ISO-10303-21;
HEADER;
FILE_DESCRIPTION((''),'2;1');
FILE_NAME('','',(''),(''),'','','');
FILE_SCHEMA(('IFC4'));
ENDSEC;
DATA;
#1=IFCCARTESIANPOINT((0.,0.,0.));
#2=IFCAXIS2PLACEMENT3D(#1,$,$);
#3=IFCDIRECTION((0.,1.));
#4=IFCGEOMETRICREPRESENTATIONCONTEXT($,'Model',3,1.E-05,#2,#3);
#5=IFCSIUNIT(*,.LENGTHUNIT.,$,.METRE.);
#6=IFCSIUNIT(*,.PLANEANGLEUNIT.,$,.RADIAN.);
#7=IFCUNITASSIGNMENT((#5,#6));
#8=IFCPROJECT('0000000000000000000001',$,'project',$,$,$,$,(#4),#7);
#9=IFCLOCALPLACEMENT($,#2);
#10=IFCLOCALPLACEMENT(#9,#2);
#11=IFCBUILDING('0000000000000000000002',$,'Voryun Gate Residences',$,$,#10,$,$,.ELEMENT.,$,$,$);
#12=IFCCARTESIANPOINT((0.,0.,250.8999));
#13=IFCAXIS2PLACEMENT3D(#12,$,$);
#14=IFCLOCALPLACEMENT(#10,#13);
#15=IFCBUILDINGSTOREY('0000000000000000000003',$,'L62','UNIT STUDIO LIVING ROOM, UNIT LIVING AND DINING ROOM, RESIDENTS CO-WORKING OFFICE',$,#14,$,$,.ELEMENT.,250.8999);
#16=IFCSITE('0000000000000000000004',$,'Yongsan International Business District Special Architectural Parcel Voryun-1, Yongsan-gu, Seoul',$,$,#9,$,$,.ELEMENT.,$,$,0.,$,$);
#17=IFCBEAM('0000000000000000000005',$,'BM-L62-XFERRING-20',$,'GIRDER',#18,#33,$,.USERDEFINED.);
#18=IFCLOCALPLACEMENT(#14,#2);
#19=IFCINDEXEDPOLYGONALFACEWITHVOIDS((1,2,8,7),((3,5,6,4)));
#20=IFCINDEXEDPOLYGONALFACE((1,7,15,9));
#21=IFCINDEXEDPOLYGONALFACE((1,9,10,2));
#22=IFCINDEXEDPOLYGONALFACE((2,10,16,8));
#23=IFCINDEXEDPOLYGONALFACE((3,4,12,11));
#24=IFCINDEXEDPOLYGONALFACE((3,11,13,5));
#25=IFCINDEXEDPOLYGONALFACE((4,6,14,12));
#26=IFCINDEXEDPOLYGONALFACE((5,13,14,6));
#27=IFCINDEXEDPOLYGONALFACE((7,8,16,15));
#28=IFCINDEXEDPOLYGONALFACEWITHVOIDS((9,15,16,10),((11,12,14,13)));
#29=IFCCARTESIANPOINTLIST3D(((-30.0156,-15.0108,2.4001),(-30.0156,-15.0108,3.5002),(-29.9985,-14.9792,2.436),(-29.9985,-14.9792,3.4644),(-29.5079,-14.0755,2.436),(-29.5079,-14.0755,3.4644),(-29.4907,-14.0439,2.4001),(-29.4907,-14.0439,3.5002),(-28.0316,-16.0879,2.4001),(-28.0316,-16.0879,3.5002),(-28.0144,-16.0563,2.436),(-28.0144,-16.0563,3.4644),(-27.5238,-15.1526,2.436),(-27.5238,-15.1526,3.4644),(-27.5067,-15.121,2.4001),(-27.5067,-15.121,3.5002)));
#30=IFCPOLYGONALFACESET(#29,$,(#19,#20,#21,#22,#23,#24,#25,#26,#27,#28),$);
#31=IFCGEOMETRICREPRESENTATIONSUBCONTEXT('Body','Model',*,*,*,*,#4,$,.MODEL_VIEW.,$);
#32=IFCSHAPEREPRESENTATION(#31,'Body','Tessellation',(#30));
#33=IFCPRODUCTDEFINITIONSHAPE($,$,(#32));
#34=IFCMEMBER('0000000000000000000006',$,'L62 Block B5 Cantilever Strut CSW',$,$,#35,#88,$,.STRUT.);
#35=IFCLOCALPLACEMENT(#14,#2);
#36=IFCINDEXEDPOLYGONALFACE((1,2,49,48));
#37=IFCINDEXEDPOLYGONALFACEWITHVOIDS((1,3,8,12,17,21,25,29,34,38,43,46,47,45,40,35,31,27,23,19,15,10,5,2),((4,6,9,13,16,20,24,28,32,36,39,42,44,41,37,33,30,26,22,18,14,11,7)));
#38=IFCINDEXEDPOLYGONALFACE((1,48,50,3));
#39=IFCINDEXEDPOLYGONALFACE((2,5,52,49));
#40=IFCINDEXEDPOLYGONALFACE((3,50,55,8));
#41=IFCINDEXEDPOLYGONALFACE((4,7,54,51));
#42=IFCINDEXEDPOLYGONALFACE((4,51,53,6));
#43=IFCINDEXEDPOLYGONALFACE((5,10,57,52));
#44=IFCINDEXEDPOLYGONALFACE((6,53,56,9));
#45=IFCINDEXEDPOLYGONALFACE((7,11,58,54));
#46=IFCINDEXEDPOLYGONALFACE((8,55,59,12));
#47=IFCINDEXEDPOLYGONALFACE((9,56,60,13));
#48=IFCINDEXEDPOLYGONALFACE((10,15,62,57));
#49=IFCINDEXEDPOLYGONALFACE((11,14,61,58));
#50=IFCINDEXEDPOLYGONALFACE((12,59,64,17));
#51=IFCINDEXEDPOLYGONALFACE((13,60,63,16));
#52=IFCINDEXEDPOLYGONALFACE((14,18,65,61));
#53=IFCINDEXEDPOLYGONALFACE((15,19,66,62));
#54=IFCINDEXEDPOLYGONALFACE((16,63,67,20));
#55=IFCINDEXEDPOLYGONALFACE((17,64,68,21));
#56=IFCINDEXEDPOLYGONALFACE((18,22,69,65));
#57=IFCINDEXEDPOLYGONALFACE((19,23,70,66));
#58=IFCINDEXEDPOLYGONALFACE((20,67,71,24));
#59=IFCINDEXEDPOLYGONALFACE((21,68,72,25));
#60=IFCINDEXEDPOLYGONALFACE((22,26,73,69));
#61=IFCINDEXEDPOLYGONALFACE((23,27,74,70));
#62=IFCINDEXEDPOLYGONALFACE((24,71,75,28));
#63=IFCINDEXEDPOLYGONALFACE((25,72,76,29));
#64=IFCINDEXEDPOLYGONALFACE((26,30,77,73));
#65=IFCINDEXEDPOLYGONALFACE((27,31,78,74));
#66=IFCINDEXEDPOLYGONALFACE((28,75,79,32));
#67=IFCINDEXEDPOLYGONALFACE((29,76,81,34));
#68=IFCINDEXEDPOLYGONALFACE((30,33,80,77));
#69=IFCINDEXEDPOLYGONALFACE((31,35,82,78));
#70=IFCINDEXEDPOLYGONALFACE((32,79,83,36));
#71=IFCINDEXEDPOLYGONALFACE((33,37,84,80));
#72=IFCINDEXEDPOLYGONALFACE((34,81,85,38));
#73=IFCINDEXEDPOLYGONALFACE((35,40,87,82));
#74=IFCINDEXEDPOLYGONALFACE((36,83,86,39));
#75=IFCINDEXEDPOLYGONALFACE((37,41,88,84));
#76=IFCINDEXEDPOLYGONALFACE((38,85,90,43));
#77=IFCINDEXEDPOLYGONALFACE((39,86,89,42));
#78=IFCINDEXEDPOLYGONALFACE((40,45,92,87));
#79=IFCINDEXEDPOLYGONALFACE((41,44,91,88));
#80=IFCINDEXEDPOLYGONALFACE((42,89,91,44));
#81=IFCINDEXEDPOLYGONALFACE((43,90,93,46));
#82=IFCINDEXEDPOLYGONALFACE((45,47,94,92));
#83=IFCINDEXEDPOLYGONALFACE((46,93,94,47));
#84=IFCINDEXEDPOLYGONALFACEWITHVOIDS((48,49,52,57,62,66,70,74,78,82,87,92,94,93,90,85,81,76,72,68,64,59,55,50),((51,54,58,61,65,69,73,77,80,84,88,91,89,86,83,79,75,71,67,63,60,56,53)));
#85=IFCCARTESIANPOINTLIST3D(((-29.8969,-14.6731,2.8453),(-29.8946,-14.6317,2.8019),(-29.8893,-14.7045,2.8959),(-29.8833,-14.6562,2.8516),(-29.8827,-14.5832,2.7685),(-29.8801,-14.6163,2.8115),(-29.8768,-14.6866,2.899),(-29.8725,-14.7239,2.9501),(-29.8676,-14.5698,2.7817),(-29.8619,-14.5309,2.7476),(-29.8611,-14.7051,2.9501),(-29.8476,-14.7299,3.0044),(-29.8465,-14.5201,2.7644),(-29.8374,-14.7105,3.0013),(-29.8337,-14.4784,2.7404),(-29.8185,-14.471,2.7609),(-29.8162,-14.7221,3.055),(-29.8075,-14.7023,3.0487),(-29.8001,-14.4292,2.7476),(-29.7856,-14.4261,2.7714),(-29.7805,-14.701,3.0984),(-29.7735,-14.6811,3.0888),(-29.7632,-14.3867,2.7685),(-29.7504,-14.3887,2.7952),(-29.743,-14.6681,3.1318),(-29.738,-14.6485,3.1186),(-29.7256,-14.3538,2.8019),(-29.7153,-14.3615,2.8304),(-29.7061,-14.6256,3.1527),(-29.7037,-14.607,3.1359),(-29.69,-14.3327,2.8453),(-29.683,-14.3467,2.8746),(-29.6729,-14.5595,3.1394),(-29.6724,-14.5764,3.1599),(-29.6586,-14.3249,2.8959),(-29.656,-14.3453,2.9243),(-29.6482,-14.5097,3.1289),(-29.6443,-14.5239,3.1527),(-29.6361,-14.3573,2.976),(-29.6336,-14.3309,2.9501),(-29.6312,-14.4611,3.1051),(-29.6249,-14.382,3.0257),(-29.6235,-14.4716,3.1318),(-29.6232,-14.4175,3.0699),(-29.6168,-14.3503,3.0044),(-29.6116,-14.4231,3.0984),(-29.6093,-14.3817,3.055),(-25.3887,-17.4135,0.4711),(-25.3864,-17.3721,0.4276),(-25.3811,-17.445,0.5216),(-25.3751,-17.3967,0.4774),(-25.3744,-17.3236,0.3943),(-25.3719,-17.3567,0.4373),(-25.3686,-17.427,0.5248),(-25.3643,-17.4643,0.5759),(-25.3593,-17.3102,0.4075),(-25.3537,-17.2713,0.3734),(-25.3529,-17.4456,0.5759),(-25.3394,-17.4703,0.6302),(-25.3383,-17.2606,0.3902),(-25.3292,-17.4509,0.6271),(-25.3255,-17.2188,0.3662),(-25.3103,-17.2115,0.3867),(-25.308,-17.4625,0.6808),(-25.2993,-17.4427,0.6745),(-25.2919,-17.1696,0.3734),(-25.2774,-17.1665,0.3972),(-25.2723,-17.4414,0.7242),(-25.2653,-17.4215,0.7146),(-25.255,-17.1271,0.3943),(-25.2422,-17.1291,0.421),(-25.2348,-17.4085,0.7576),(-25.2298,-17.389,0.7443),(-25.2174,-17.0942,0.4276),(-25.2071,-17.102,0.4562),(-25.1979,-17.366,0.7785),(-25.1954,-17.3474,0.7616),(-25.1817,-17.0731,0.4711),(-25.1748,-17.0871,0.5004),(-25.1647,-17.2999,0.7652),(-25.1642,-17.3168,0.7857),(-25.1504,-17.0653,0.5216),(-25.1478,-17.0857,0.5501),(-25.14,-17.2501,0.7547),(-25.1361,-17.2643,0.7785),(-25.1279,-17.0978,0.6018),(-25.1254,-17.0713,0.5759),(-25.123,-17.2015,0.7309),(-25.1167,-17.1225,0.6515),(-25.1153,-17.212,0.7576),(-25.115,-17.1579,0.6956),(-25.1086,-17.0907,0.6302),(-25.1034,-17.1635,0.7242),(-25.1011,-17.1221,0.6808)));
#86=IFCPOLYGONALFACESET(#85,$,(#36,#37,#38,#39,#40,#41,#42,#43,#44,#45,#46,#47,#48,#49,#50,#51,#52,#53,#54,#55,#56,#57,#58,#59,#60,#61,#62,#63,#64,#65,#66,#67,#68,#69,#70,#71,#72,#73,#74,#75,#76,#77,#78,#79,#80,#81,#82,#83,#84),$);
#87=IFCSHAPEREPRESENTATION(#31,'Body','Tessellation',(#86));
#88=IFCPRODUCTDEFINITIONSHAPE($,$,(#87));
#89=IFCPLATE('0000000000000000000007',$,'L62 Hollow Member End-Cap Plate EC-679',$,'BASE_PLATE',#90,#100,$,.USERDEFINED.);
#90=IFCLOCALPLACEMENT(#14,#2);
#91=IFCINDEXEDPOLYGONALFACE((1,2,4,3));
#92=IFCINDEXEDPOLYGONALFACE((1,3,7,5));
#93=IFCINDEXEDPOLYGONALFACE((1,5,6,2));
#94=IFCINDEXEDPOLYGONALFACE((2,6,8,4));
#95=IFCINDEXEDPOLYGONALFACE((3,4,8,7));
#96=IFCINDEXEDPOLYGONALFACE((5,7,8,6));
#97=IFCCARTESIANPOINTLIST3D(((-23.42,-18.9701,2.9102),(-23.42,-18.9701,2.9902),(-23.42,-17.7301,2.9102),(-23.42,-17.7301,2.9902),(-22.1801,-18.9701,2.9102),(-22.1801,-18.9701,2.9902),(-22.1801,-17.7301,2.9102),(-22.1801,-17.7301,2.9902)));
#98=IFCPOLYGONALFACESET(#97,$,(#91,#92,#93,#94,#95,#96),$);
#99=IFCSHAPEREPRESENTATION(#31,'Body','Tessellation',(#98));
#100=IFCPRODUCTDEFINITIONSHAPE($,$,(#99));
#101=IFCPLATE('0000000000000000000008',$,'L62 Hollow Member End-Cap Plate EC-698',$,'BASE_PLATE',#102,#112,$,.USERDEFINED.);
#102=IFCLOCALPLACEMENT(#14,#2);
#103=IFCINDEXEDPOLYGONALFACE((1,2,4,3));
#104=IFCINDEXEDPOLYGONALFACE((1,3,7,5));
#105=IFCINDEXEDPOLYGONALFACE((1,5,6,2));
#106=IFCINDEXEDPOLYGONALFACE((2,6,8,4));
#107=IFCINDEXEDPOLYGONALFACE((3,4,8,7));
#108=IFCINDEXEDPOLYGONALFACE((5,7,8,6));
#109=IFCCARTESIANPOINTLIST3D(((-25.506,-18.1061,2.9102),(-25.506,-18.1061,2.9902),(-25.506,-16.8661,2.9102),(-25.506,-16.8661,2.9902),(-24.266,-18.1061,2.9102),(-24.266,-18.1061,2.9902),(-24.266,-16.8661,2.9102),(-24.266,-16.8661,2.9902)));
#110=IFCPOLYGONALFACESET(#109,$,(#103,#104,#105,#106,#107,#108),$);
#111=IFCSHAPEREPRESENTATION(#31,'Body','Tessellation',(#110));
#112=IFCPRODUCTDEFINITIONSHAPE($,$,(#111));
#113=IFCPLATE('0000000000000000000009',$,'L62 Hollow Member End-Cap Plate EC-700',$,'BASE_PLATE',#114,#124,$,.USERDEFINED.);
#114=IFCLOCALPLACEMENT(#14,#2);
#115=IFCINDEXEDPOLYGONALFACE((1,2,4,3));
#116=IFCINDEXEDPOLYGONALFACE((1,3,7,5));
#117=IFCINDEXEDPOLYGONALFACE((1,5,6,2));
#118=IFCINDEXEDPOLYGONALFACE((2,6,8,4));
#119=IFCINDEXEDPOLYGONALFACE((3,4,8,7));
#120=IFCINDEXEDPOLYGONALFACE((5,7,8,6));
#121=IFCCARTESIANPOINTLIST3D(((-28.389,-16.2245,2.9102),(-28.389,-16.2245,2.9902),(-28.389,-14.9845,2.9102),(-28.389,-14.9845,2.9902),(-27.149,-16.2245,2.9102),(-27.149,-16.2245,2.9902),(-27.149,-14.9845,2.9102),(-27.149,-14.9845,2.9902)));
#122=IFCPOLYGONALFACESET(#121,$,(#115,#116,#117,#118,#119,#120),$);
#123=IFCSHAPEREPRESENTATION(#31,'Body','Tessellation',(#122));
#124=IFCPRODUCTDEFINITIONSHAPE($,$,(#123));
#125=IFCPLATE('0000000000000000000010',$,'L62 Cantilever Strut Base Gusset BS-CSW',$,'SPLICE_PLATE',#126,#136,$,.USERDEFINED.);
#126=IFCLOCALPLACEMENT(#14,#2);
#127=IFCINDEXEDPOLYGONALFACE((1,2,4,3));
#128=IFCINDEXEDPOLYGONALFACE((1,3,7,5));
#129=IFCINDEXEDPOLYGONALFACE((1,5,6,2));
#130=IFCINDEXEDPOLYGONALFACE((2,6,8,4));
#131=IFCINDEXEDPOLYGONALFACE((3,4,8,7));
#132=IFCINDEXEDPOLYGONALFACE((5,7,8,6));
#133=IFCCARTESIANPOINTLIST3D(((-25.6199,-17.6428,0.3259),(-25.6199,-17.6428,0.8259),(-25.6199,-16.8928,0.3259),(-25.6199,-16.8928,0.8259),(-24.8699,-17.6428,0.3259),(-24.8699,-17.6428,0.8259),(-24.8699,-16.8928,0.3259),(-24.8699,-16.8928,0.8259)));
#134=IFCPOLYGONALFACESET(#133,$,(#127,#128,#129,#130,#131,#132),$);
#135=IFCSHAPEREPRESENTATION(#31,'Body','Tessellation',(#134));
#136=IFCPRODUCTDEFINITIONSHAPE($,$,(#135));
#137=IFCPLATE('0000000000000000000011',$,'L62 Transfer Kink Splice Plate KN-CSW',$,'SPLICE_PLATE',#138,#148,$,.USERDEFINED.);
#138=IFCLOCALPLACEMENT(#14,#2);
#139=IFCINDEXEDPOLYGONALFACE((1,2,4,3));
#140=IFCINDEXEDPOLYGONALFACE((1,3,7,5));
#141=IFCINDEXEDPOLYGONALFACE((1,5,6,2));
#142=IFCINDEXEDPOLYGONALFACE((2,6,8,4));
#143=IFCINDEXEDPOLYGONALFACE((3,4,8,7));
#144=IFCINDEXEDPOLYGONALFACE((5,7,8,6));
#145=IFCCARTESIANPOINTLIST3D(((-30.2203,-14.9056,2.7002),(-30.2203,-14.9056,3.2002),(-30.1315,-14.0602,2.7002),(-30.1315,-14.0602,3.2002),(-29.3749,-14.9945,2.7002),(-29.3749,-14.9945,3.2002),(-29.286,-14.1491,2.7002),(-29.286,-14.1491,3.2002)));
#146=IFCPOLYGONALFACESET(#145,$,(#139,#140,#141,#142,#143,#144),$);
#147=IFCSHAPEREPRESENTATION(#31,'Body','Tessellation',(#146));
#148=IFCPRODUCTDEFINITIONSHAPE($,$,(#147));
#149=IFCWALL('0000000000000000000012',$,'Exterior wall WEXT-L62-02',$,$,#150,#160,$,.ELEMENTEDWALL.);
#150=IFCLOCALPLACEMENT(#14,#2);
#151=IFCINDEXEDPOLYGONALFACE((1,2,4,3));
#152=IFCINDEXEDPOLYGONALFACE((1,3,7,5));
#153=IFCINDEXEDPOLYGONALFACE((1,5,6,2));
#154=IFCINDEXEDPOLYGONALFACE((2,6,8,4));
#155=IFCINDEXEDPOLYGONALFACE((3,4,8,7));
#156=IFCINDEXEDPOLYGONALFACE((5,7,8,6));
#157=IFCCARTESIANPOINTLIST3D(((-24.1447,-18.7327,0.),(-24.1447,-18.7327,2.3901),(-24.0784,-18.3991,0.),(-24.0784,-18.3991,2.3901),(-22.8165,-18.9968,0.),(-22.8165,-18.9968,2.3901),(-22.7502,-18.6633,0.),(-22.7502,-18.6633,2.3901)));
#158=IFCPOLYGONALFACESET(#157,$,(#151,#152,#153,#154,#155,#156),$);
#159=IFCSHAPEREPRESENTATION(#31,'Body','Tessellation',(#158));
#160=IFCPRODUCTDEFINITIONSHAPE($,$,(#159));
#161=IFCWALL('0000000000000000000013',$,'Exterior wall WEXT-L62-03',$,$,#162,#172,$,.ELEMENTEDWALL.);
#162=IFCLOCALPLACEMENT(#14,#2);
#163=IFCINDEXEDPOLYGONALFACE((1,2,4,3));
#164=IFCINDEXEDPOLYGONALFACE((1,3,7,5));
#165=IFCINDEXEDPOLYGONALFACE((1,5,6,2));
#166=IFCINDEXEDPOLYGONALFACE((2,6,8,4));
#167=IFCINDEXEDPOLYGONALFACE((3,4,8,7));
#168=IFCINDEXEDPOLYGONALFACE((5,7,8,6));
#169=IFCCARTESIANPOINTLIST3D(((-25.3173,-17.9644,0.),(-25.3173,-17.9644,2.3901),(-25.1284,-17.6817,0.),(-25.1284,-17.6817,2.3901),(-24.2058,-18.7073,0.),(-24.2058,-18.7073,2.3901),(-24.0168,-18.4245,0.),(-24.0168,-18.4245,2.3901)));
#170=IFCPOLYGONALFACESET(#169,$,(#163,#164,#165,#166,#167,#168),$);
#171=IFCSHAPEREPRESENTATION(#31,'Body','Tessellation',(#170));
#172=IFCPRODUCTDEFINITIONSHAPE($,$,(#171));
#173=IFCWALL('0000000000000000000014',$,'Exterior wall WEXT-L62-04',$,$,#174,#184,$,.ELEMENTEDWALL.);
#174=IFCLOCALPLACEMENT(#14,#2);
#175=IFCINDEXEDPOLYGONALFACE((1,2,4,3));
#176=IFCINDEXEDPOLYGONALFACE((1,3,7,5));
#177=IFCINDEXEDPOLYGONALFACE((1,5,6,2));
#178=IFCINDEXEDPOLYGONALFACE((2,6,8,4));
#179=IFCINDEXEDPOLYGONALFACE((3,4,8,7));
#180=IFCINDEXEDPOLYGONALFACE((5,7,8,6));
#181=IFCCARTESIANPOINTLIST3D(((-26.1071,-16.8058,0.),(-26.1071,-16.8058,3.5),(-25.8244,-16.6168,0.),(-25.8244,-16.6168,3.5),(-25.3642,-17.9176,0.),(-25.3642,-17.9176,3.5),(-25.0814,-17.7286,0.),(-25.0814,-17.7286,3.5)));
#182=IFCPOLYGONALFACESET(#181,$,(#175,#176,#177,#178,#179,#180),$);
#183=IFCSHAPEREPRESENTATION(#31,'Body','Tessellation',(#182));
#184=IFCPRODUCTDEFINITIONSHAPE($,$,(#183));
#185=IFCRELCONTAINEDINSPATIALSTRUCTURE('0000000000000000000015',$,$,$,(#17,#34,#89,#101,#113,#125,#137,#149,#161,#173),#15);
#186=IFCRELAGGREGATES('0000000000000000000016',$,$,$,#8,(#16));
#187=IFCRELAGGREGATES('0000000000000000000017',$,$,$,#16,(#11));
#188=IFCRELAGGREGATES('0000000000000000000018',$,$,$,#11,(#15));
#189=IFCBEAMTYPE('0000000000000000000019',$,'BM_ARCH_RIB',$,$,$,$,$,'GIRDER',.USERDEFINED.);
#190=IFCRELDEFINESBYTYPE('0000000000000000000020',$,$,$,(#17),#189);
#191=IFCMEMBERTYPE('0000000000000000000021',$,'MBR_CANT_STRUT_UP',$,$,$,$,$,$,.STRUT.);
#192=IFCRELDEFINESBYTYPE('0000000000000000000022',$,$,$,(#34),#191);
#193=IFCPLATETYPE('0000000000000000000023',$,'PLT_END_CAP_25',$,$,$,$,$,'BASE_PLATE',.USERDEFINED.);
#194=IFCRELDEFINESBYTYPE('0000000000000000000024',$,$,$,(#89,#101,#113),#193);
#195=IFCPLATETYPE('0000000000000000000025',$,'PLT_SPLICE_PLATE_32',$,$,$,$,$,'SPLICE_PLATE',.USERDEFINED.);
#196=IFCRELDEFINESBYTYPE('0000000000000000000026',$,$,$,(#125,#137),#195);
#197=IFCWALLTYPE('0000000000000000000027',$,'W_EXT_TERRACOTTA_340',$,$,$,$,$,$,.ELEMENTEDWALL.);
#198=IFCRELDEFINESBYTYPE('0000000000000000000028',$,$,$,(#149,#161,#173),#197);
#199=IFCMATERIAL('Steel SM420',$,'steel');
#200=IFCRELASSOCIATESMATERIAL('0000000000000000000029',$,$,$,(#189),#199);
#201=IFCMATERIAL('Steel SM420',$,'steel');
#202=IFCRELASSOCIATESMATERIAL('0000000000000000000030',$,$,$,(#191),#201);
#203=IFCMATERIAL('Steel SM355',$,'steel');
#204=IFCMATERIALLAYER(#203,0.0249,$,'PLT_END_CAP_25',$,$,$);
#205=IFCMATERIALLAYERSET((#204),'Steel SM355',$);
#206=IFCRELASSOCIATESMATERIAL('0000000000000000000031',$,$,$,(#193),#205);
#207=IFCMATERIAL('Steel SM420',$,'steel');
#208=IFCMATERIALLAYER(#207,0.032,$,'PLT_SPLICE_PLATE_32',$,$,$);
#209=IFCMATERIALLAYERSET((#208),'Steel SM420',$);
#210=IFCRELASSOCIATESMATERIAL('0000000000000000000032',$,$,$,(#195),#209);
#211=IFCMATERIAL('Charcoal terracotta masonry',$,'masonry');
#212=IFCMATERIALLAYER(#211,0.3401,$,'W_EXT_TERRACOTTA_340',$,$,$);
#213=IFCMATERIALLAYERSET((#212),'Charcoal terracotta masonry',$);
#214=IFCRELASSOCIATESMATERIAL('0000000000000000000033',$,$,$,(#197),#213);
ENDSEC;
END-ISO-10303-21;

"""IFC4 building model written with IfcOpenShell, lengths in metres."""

from ifc_helpers import new_model, si_unit, direction, frame, frame_2d, origin, origin_2d, place, context, subcontext, project, spatial, rectangle, hollow_rectangle, hollow_circle, extrude, material, layer, layer_set, material_profile, profile_set, type_object, element, save


model = new_model("IFC4")

# Units and contexts
model_context = context("Model", 3, precision=1e-05, world=origin(), true_north=direction((0.0, 1.0)))
body_context = subcontext(model_context, "Body", "Model", "MODEL_VIEW")
ifc_project = project(units=[si_unit("LENGTHUNIT", "METRE"), si_unit("PLANEANGLEUNIT", "RADIAN")], contexts=[model_context])

# Site, building, storey
site_placement = place(None, origin())
site = spatial("IfcSite", under=ifc_project, at=site_placement, Name="Yongsan International Business District Special Architectural Parcel Voryun-1, Yongsan-gu, Seoul", CompositionType="ELEMENT", RefElevation=0.0)
building_placement = place(site_placement, origin())
building = spatial("IfcBuilding", under=site, at=building_placement, Name="Voryun Gate Residences", CompositionType="ELEMENT")
storey_placement = place(building_placement, frame((0.0, 0.0, 250.8999)))
storey = spatial("IfcBuildingStorey", under=building, at=storey_placement, Name="L62", Description="UNIT STUDIO LIVING ROOM, UNIT LIVING AND DINING ROOM, RESIDENTS CO-WORKING OFFICE", CompositionType="ELEMENT", Elevation=250.8999)

# Beam
ifc_material_1 = material(Name="Steel SM420", Category="steel")
ifc_material_profile_1 = material_profile(ifc_material_1, hollow_rectangle(XDim=1.1001, YDim=1.1001, WallThickness=0.0359, at=origin_2d()), Name="BOX-1100x1100x36")
ifc_profile_set_1 = profile_set([ifc_material_profile_1], Name="Steel SM420")
beam_type = type_object("IfcBeamType", Name="BM_ARCH_RIB", ElementType="GIRDER", PredefinedType="USERDEFINED", material=ifc_profile_set_1)
beam_1_placement = place(storey_placement, frame((-29.7532, -14.5273, 2.9502), z_axis=(0.878844, -0.477109, 0.0), x_axis=(0.477109, 0.878844, 0.0)))
element("IfcBeam", 1, at=beam_1_placement, inside=storey, type_object=beam_type, Name="BM-L62-XFERRING-20", ObjectType="GIRDER", PredefinedType="USERDEFINED", context=body_context, shape_type="SweptSolid", body=[
    extrude(hollow_rectangle(XDim=1.1001, YDim=1.1001, WallThickness=0.0359, at=origin_2d()), origin(), (0.0, 0.0, 1.0), 2.2576),
])

# Member
ifc_material_2 = material(Name="Steel SM420", Category="steel")
ifc_material_profile_2 = material_profile(ifc_material_2, hollow_circle(Radius=0.23, WallThickness=0.022, at=origin_2d()), Name="CHS-460x22")
ifc_profile_set_2 = profile_set([ifc_material_profile_2], Name="Steel SM420")
member_type = type_object("IfcMemberType", Name="MBR_CANT_STRUT_UP", PredefinedType="STRUT", material=ifc_profile_set_2)
member_placement = place(storey_placement, frame((-25.2449, -17.2678, 0.5759), z_axis=(-0.77924, 0.47368, 0.410382), x_axis=(-0.519435, -0.85451, 0.0)))
element("IfcMember", 2, at=member_placement, inside=storey, type_object=member_type, Name="L62 Block B5 Cantilever Strut CSW", PredefinedType="STRUT", context=body_context, shape_type="SweptSolid", body=[
    extrude(hollow_circle(Radius=0.23, WallThickness=0.022, at=origin_2d()), origin(), (0.0, 0.0, 1.0), 5.7854),
])

# Plates
ifc_material_3 = material(Name="Steel SM355", Category="steel")
ifc_layer_1 = layer(ifc_material_3, 0.0249, Name="PLT_END_CAP_25")
ifc_layer_set_1 = layer_set([ifc_layer_1], Name="Steel SM355")
plate_type_1 = type_object("IfcPlateType", Name="PLT_END_CAP_25", ElementType="BASE_PLATE", PredefinedType="USERDEFINED", material=ifc_layer_set_1)
for number, where, z_axis, x_axis, name in (
    (3, (-22.8, -18.3501, 2.9102), (0.0, 0.0, 1.0), (1.0, 0.0, 0.0), "L62 Hollow Member End-Cap Plate EC-679"),
    (4, (-24.886, -17.4861, 2.9102), (0.0, 0.0, 1.0), (1.0, 0.0, 0.0), "L62 Hollow Member End-Cap Plate EC-698"),
    (5, (-27.769, -15.6045, 2.9102), (0.0, 0.0, 1.0), (1.0, 0.0, 0.0), "L62 Hollow Member End-Cap Plate EC-700"),
):
    element("IfcPlate", number, at=place(storey_placement, frame(where, z_axis=z_axis, x_axis=x_axis)), inside=storey, type_object=plate_type_1, Name=name, ObjectType="BASE_PLATE", PredefinedType="USERDEFINED", context=body_context, shape_type="SweptSolid", body=[
        extrude(rectangle(XDim=1.24, YDim=1.24, at=origin_2d()), origin(), (0.0, 0.0, 1.0), 0.0801),
    ])
ifc_material_4 = material(Name="Steel SM420", Category="steel")
ifc_layer_2 = layer(ifc_material_4, 0.032, Name="PLT_SPLICE_PLATE_32")
ifc_layer_set_2 = layer_set([ifc_layer_2], Name="Steel SM420")
plate_type_2 = type_object("IfcPlateType", Name="PLT_SPLICE_PLATE_32", ElementType="SPLICE_PLATE", PredefinedType="USERDEFINED", material=ifc_layer_set_2)
plate_1_placement = place(storey_placement, frame((-25.2449, -17.2678, 0.3259), z_axis=(0.0, 0.0, 1.0), x_axis=(1.0, 0.0, 0.0)))
element("IfcPlate", 6, at=plate_1_placement, inside=storey, type_object=plate_type_2, Name="L62 Cantilever Strut Base Gusset BS-CSW", ObjectType="SPLICE_PLATE", PredefinedType="USERDEFINED", context=body_context, shape_type="SweptSolid", body=[
    extrude(rectangle(XDim=0.75, YDim=0.75, at=origin_2d()), origin(), (0.0, 0.0, 1.0), 0.5),
])
plate_2_placement = place(storey_placement, frame((-29.7532, -14.5273, 2.7002), z_axis=(0.0, 0.0, 1.0), x_axis=(0.994522, -0.104528, 0.0)))
element("IfcPlate", 7, at=plate_2_placement, inside=storey, type_object=plate_type_2, Name="L62 Transfer Kink Splice Plate KN-CSW", ObjectType="SPLICE_PLATE", PredefinedType="USERDEFINED", context=body_context, shape_type="SweptSolid", body=[
    extrude(rectangle(XDim=0.8501, YDim=0.8501, at=origin_2d()), origin(), (0.0, 0.0, 1.0), 0.5),
])

# Walls
ifc_material_5 = material(Name="Charcoal terracotta masonry", Category="masonry")
ifc_layer_3 = layer(ifc_material_5, 0.3401, Name="W_EXT_TERRACOTTA_340")
ifc_layer_set_3 = layer_set([ifc_layer_3], Name="Charcoal terracotta masonry")
wall_type_1 = type_object("IfcWallType", Name="W_EXT_TERRACOTTA_340", PredefinedType="ELEMENTEDWALL", material=ifc_layer_set_3)
wall_1_placement = place(storey_placement, frame((-22.7832, -18.8301, 0.0), z_axis=(0.0, 0.0, 1.0), x_axis=(-0.980788, 0.195076, 0.0)))
element("IfcWall", 8, at=wall_1_placement, inside=storey, type_object=wall_type_1, Name="Exterior wall WEXT-L62-02", PredefinedType="ELEMENTEDWALL", context=body_context, shape_type="SweptSolid", body=[
    extrude(rectangle(XDim=1.3542, YDim=0.3401, at=frame_2d((0.6772, 0.0))), origin(), (0.0, 0.0, 1.0), 2.3901),
])
wall_2_placement = place(storey_placement, frame((-24.1113, -18.5659, 0.0), z_axis=(0.0, 0.0, 1.0), x_axis=(-0.831404, 0.555669, 0.0)))
element("IfcWall", 9, at=wall_2_placement, inside=storey, type_object=wall_type_1, Name="Exterior wall WEXT-L62-03", PredefinedType="ELEMENTEDWALL", context=body_context, shape_type="SweptSolid", body=[
    extrude(rectangle(XDim=1.3369, YDim=0.3401, at=frame_2d((0.6685, 0.0))), origin(), (0.0, 0.0, 1.0), 2.3901),
])
wall_3_placement = place(storey_placement, frame((-25.2229, -17.823, 0.0), z_axis=(0.0, 0.0, 1.0), x_axis=(-0.555585, 0.83146, 0.0)))
element("IfcWall", 10, at=wall_3_placement, inside=storey, type_object=wall_type_1, Name="Exterior wall WEXT-L62-04", PredefinedType="ELEMENTEDWALL", context=body_context, shape_type="SweptSolid", body=[
    extrude(rectangle(XDim=1.3372, YDim=0.3401, at=frame_2d((0.6685, 0.0))), origin(), (0.0, 0.0, 1.0), 3.5),
])

save(model, "model.ifc")
